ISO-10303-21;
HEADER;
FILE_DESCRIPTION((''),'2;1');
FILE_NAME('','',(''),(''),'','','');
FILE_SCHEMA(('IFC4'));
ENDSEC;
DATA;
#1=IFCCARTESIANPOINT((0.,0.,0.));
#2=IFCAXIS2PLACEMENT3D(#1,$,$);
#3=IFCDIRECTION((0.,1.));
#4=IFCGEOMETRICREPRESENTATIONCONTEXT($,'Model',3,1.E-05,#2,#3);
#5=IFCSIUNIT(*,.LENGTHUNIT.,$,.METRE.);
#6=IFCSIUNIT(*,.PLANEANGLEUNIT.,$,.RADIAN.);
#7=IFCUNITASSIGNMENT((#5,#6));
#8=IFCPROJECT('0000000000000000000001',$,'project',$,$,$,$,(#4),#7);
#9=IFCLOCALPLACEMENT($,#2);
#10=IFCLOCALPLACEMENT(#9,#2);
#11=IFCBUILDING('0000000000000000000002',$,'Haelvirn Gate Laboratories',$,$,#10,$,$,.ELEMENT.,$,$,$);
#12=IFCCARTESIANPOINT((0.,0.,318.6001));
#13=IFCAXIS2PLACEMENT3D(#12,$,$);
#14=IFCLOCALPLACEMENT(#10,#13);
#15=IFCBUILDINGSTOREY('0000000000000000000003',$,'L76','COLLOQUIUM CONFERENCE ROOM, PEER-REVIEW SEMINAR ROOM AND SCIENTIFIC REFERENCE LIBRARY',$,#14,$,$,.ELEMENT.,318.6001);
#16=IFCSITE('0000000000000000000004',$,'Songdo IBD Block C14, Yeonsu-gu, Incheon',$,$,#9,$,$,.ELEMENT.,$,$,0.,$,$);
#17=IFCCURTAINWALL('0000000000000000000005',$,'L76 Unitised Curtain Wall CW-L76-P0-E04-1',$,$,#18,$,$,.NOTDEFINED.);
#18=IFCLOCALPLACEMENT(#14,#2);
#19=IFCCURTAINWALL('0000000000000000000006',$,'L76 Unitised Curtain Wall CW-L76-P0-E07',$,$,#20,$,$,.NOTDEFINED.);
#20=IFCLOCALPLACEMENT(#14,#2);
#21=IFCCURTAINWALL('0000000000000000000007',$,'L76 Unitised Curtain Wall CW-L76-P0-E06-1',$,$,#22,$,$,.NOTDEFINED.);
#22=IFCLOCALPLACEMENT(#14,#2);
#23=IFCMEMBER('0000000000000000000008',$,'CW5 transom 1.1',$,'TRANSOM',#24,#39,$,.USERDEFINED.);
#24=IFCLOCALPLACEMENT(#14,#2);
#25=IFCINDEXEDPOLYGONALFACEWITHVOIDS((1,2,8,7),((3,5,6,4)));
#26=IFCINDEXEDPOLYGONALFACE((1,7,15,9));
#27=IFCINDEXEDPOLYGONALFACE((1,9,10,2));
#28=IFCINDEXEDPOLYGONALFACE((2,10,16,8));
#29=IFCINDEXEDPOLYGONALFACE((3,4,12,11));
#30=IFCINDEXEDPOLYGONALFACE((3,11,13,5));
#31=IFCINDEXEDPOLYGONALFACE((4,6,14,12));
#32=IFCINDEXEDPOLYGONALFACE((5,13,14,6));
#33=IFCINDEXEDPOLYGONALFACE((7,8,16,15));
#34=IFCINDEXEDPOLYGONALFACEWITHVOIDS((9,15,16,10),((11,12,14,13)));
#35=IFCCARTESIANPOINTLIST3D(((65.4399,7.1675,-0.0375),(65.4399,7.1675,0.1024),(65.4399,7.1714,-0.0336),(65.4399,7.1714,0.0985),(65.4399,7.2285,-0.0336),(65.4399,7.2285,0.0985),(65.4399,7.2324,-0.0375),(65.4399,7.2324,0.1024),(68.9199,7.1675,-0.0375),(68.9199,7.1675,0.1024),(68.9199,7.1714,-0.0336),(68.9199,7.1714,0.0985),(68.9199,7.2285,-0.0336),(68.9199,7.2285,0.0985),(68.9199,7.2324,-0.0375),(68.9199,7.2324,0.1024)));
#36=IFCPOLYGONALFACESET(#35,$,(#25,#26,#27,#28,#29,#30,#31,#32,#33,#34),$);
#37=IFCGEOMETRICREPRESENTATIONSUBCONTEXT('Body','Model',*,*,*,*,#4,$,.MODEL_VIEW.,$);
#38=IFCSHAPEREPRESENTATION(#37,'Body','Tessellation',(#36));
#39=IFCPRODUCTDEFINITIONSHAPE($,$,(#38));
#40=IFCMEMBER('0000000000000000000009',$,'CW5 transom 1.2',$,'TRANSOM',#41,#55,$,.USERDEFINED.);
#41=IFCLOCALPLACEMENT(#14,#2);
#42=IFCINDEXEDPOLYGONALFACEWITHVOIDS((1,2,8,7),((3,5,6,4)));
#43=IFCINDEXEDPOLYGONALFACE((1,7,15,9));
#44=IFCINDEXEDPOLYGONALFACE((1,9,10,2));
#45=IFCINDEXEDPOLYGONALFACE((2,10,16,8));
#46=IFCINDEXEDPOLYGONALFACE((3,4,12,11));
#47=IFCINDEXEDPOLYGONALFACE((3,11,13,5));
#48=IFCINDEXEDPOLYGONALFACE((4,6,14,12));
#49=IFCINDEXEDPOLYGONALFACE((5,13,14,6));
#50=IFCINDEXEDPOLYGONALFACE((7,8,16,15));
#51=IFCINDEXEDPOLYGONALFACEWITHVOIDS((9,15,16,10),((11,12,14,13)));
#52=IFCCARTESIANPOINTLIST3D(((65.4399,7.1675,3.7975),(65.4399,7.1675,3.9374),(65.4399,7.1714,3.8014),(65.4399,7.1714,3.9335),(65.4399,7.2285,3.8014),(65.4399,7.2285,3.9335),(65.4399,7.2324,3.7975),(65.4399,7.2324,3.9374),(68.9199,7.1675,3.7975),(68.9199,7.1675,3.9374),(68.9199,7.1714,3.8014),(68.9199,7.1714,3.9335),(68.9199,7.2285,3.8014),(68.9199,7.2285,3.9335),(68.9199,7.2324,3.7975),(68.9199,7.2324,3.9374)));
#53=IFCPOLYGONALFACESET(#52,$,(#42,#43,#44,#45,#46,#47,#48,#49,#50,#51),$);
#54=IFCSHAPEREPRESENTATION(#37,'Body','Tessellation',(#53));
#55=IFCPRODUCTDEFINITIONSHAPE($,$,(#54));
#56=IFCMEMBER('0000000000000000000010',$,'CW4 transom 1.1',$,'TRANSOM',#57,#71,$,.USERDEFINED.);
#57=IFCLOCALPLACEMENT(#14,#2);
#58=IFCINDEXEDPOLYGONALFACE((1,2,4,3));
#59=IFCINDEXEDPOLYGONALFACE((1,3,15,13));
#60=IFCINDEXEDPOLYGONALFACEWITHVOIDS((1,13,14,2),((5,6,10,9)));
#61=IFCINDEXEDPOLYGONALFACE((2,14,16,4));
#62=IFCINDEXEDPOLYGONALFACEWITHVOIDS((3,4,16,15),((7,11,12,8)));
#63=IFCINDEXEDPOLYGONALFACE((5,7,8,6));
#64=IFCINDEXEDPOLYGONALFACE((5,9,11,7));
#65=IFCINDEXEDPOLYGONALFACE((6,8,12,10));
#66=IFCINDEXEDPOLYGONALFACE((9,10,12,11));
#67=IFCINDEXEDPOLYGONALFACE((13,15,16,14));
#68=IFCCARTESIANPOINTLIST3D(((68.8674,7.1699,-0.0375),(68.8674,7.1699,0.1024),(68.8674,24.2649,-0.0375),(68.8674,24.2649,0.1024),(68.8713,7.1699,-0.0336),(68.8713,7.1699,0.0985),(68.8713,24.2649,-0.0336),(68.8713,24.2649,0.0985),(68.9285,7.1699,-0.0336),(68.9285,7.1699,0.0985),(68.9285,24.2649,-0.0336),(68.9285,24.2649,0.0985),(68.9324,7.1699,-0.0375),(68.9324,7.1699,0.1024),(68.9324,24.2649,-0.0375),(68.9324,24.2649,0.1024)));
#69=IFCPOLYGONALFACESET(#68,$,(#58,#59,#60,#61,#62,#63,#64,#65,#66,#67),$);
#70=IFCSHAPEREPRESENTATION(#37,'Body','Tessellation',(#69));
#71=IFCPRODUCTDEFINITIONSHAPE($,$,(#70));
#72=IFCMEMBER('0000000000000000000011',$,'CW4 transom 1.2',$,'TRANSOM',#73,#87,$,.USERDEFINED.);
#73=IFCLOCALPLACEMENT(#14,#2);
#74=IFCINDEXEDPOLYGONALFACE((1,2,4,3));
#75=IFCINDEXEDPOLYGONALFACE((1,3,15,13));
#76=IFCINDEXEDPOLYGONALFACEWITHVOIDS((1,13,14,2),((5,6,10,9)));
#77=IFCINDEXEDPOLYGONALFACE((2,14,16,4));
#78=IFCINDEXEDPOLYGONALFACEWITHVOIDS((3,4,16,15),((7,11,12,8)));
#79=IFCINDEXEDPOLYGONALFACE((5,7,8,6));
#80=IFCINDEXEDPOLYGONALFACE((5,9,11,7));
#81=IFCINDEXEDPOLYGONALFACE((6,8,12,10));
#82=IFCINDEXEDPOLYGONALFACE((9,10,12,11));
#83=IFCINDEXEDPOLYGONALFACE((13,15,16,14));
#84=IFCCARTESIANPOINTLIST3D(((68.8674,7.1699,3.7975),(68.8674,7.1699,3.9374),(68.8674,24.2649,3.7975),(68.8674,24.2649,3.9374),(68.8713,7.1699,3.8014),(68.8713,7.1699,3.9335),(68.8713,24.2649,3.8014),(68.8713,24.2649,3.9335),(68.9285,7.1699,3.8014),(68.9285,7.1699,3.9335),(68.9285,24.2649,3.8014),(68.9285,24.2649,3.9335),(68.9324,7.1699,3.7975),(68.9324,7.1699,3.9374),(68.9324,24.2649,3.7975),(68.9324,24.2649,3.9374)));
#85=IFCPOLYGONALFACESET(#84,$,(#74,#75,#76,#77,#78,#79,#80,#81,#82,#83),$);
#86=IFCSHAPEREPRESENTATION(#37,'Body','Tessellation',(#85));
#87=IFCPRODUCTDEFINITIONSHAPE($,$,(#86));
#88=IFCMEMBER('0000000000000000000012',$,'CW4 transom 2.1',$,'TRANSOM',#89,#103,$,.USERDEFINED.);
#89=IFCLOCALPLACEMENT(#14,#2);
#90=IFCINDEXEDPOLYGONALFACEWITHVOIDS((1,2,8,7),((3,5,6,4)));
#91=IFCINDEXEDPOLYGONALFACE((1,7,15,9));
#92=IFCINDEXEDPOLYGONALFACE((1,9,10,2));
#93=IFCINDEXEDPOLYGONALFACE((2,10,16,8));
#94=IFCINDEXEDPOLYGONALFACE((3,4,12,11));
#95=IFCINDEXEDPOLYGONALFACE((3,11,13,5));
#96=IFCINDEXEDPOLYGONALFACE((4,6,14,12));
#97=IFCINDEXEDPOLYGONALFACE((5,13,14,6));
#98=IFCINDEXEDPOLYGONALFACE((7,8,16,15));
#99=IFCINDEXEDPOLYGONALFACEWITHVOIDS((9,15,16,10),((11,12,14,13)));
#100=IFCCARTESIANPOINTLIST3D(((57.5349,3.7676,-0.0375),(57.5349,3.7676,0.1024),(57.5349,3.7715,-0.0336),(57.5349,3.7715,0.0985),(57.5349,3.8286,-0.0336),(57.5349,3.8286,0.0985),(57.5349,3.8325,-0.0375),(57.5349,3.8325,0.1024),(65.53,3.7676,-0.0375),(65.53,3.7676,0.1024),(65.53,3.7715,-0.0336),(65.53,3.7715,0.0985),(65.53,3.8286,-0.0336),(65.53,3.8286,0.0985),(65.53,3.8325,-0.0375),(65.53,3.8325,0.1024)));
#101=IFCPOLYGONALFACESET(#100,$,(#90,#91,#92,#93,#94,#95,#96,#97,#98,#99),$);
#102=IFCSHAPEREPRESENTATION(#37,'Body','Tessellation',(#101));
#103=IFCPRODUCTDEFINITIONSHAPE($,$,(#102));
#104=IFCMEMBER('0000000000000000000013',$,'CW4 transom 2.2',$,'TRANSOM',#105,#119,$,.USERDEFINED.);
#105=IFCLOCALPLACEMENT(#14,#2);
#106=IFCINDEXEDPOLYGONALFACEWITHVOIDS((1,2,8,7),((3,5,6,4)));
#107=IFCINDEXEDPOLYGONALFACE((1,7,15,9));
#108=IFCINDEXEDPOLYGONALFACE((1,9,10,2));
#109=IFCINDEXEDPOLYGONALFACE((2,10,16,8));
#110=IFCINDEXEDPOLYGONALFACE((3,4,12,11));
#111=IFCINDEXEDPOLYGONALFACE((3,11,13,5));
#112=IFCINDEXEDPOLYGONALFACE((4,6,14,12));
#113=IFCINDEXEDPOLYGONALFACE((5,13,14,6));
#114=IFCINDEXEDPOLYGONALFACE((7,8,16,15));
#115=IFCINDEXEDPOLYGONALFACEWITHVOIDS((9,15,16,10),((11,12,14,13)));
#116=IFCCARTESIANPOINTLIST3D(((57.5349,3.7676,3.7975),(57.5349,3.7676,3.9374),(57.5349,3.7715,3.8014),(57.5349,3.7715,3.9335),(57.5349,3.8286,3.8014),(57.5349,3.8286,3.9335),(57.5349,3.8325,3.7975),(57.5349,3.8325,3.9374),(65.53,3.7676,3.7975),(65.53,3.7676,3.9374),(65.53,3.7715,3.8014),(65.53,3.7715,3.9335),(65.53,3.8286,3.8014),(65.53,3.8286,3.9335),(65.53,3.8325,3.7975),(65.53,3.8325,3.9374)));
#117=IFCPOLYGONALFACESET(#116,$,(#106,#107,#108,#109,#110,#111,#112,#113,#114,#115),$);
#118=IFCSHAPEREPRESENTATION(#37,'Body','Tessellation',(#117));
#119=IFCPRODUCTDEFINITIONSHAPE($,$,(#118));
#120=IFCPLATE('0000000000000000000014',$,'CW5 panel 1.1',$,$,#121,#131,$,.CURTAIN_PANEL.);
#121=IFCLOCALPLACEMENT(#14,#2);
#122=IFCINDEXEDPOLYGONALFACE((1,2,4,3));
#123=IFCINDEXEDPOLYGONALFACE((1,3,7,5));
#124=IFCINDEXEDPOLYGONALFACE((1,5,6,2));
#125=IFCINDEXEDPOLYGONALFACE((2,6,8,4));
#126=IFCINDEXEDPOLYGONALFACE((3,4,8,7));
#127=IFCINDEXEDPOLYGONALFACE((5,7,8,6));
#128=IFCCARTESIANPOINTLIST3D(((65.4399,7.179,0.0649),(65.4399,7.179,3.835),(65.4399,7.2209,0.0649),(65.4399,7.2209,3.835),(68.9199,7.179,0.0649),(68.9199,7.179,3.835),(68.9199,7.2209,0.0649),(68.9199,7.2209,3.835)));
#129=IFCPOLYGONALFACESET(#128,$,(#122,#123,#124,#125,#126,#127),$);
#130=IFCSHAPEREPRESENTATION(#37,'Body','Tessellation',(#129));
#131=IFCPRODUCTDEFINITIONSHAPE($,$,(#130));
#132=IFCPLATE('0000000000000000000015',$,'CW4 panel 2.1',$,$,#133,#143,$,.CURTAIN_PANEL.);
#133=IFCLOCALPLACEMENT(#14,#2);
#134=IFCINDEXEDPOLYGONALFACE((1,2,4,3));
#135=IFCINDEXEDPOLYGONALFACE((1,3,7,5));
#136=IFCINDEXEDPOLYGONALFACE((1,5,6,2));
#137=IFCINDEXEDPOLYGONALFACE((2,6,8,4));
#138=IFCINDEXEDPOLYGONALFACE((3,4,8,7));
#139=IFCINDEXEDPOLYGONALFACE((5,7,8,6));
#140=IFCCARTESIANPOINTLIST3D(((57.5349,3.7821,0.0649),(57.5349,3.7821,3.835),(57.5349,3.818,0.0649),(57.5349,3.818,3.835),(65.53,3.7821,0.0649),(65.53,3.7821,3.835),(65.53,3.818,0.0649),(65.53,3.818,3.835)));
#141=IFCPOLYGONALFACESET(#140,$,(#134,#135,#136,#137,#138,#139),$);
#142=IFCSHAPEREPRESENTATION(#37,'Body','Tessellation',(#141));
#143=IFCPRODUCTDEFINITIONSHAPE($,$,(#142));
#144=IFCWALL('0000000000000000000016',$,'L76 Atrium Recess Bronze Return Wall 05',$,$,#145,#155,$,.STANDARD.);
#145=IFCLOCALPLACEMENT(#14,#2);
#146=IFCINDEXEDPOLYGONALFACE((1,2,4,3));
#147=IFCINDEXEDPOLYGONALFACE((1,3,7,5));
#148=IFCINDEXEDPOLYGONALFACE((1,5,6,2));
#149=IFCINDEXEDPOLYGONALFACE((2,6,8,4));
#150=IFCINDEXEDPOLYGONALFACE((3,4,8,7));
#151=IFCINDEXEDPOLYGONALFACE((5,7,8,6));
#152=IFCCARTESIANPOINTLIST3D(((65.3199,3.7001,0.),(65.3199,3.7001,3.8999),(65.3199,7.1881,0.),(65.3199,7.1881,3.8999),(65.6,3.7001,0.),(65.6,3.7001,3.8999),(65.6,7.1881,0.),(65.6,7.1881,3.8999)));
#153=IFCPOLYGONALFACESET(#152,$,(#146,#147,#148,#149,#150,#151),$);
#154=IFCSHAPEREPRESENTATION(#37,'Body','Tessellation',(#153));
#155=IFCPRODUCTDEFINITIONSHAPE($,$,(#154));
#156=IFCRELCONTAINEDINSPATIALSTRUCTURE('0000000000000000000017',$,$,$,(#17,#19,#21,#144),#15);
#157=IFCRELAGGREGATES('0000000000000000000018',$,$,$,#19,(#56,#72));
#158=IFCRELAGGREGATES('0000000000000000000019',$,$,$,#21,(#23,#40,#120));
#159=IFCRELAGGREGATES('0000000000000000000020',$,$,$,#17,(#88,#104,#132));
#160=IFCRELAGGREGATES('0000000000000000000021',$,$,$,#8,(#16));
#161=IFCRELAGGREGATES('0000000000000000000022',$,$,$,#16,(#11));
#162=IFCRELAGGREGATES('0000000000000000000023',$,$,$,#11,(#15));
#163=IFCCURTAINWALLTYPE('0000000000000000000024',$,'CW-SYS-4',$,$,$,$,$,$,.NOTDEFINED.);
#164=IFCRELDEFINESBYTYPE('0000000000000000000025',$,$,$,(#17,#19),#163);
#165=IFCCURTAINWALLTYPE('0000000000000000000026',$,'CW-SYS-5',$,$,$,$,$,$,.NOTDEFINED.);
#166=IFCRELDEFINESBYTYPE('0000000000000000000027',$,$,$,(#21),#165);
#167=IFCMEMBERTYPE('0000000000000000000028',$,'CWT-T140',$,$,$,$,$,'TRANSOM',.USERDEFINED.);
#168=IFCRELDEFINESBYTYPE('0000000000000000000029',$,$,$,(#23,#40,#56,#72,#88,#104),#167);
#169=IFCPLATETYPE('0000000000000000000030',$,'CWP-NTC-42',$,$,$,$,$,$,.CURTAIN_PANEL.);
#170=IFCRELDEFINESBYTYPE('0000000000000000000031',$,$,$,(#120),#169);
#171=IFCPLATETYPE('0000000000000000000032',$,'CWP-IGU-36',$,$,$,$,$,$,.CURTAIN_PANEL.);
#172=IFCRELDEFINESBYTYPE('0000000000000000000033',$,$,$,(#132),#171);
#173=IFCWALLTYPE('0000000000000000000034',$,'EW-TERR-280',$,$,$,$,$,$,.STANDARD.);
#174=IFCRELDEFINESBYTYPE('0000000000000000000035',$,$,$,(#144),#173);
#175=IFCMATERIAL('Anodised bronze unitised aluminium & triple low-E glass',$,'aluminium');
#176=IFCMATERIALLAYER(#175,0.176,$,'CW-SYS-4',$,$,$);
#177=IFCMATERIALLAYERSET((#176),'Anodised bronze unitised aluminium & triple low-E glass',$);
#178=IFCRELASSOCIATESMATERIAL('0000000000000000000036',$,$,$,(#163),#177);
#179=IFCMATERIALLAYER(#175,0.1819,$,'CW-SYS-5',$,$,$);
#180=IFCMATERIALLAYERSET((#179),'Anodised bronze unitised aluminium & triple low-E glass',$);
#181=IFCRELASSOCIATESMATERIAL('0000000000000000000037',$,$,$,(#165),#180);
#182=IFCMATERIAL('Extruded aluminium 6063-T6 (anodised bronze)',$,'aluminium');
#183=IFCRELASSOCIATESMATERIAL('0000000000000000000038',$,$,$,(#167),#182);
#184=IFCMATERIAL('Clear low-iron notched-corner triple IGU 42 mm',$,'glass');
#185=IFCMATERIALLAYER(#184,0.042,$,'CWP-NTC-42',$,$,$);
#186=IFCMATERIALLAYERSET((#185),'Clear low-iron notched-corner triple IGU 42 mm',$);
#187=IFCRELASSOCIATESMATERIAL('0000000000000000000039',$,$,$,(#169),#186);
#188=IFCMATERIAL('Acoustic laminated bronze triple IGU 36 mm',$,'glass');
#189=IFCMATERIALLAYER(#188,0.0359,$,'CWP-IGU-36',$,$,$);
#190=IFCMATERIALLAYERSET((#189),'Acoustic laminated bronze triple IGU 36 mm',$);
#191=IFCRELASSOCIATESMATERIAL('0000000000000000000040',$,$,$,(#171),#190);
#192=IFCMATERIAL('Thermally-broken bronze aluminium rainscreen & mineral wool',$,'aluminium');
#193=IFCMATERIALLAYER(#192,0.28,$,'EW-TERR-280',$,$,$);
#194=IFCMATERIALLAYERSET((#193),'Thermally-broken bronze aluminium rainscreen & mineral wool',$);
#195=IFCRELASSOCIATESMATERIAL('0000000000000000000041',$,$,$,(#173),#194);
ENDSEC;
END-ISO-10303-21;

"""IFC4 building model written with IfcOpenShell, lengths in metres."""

from ifc_helpers import new_model, si_unit, direction, frame, frame_2d, origin, origin_2d, place, context, subcontext, project, spatial, rectangle, hollow_rectangle, extrude, source, transform, mapped, material, layer, layer_set, material_profile, profile_set, type_object, type_shapes, element, aggregate, save


model = new_model("IFC4")

# Units and contexts
model_context = context("Model", 3, precision=1e-05, world=origin(), true_north=direction((0.0, 1.0)))
body_context = subcontext(model_context, "Body", "Model", "MODEL_VIEW")
ifc_project = project(units=[si_unit("LENGTHUNIT", "METRE"), si_unit("PLANEANGLEUNIT", "RADIAN")], contexts=[model_context])

# Site, building, storey
site_placement = place(None, origin())
site = spatial("IfcSite", under=ifc_project, at=site_placement, Name="Songdo IBD Block C14, Yeonsu-gu, Incheon", CompositionType="ELEMENT", RefElevation=0.0)
building_placement = place(site_placement, origin())
building = spatial("IfcBuilding", under=site, at=building_placement, Name="Haelvirn Gate Laboratories", CompositionType="ELEMENT")
storey_placement = place(building_placement, frame((0.0, 0.0, 318.6001)))
storey = spatial("IfcBuildingStorey", under=building, at=storey_placement, Name="L76", Description="COLLOQUIUM CONFERENCE ROOM, PEER-REVIEW SEMINAR ROOM AND SCIENTIFIC REFERENCE LIBRARY", CompositionType="ELEMENT", Elevation=318.6001)

# Curtain wall
ifc_material_1 = material(Name="Anodised bronze unitised aluminium & triple low-E glass", Category="aluminium")
ifc_layer_1 = layer(ifc_material_1, 0.176, Name="CW-SYS-4")
ifc_layer_set_1 = layer_set([ifc_layer_1], Name="Anodised bronze unitised aluminium & triple low-E glass")
curtain_wall_type_1 = type_object("IfcCurtainWallType", Name="CW-SYS-4", PredefinedType="NOTDEFINED", material=ifc_layer_set_1)
curtain_wall_1_placement = place(storey_placement, origin())
curtain_wall_1 = element("IfcCurtainWall", 1, at=curtain_wall_1_placement, inside=storey, type_object=curtain_wall_type_1, Name="L76 Unitised Curtain Wall CW-L76-P0-E04-1", PredefinedType="NOTDEFINED")
ifc_material_2 = material(Name="Extruded aluminium 6063-T6 (anodised bronze)", Category="aluminium")

# Curtain wall
curtain_wall_2_placement = place(storey_placement, origin())
curtain_wall_2 = element("IfcCurtainWall", 2, at=curtain_wall_2_placement, inside=storey, type_object=curtain_wall_type_1, Name="L76 Unitised Curtain Wall CW-L76-P0-E07", PredefinedType="NOTDEFINED")

# Curtain wall, members
ifc_layer_2 = layer(ifc_material_1, 0.1819, Name="CW-SYS-5")
ifc_layer_set_2 = layer_set([ifc_layer_2], Name="Anodised bronze unitised aluminium & triple low-E glass")
curtain_wall_type_2 = type_object("IfcCurtainWallType", Name="CW-SYS-5", PredefinedType="NOTDEFINED", material=ifc_layer_set_2)
curtain_wall_3_placement = place(storey_placement, origin())
curtain_wall_3 = element("IfcCurtainWall", 3, at=curtain_wall_3_placement, inside=storey, type_object=curtain_wall_type_2, Name="L76 Unitised Curtain Wall CW-L76-P0-E06-1", PredefinedType="NOTDEFINED")
ifc_material_profile_1 = material_profile(ifc_material_2, hollow_rectangle(XDim=0.0649, YDim=0.1399, WallThickness=0.0039, at=origin_2d()), Name="CWT-140x65x4")
ifc_profile_set_1 = profile_set([ifc_material_profile_1], Name="Extruded aluminium 6063-T6 (anodised bronze)")
member_type_1 = type_object("IfcMemberType", Name="CWT-T140", ElementType="TRANSOM", PredefinedType="USERDEFINED", material=ifc_profile_set_1)
shared_shape_1 = source(origin(), body_context, "Body", "SweptSolid", [
    extrude(hollow_rectangle(XDim=0.0649, YDim=0.1399, WallThickness=0.0039, at=origin_2d()), origin(), (0.0, 0.0, 1.0), 3.48),
])
member_1_placement = place(storey_placement, frame((65.4399, 7.2, 0.0325), z_axis=(1.0, 0.0, 0.0), x_axis=(0.0, 1.0, 0.0)))
member_1 = element("IfcMember", 4, at=member_1_placement, type_object=member_type_1, Name="CW5 transom 1.1", ObjectType="TRANSOM", PredefinedType="USERDEFINED", context=body_context, shape_type="MappedRepresentation", body=[
    mapped(shared_shape_1, transform((0.0, 0.0, 0.0), scale=1.0)),
])
member_2_placement = place(storey_placement, frame((65.4399, 7.2, 3.8674), z_axis=(1.0, 0.0, 0.0), x_axis=(0.0, 1.0, 0.0)))
member_2 = element("IfcMember", 5, at=member_2_placement, type_object=member_type_1, Name="CW5 transom 1.2", ObjectType="TRANSOM", PredefinedType="USERDEFINED", context=body_context, shape_type="MappedRepresentation", body=[
    mapped(shared_shape_1, transform((0.0, 0.0, 0.0), scale=1.0)),
])

# Members
shared_shape_2 = source(origin(), body_context, "Body", "SweptSolid", [
    extrude(hollow_rectangle(XDim=0.0649, YDim=0.1399, WallThickness=0.0039, at=origin_2d()), origin(), (0.0, 0.0, 1.0), 17.095),
])
member_3_placement = place(storey_placement, frame((68.8999, 7.1699, 0.0325), z_axis=(0.0, 1.0, 0.0), x_axis=(-1.0, 0.0, 0.0)))
member_3 = element("IfcMember", 6, at=member_3_placement, type_object=member_type_1, Name="CW4 transom 1.1", ObjectType="TRANSOM", PredefinedType="USERDEFINED", context=body_context, shape_type="MappedRepresentation", body=[
    mapped(shared_shape_2, transform((0.0, 0.0, 0.0), scale=1.0)),
])
member_4_placement = place(storey_placement, frame((68.8999, 7.1699, 3.8674), z_axis=(0.0, 1.0, 0.0), x_axis=(-1.0, 0.0, 0.0)))
member_4 = element("IfcMember", 7, at=member_4_placement, type_object=member_type_1, Name="CW4 transom 1.2", ObjectType="TRANSOM", PredefinedType="USERDEFINED", context=body_context, shape_type="MappedRepresentation", body=[
    mapped(shared_shape_2, transform((0.0, 0.0, 0.0), scale=1.0)),
])
aggregate(curtain_wall_2, [member_3, member_4])
shared_shape_3 = source(origin(), body_context, "Body", "SweptSolid", [
    extrude(hollow_rectangle(XDim=0.0649, YDim=0.1399, WallThickness=0.0039, at=origin_2d()), origin(), (0.0, 0.0, 1.0), 7.9951),
])
type_shapes(member_type_1, [shared_shape_1, shared_shape_2, shared_shape_3])
member_5_placement = place(storey_placement, frame((57.5349, 3.8, 0.0325), z_axis=(1.0, 0.0, 0.0), x_axis=(0.0, 1.0, 0.0)))
member_5 = element("IfcMember", 8, at=member_5_placement, type_object=member_type_1, Name="CW4 transom 2.1", ObjectType="TRANSOM", PredefinedType="USERDEFINED", context=body_context, shape_type="MappedRepresentation", body=[
    mapped(shared_shape_3, transform((0.0, 0.0, 0.0), scale=1.0)),
])
member_6_placement = place(storey_placement, frame((57.5349, 3.8, 3.8674), z_axis=(1.0, 0.0, 0.0), x_axis=(0.0, 1.0, 0.0)))
member_6 = element("IfcMember", 9, at=member_6_placement, type_object=member_type_1, Name="CW4 transom 2.2", ObjectType="TRANSOM", PredefinedType="USERDEFINED", context=body_context, shape_type="MappedRepresentation", body=[
    mapped(shared_shape_3, transform((0.0, 0.0, 0.0), scale=1.0)),
])

# Plates
ifc_material_3 = material(Name="Clear low-iron notched-corner triple IGU 42 mm", Category="glass")
ifc_layer_3 = layer(ifc_material_3, 0.042, Name="CWP-NTC-42")
ifc_layer_set_3 = layer_set([ifc_layer_3], Name="Clear low-iron notched-corner triple IGU 42 mm")
plate_type_1 = type_object("IfcPlateType", Name="CWP-NTC-42", PredefinedType="CURTAIN_PANEL", material=ifc_layer_set_3)
shared_shape_4 = source(origin(), body_context, "Body", "SweptSolid", [
    extrude(rectangle(XDim=3.48, YDim=0.042, at=origin_2d()), origin(), (0.0, 0.0, 1.0), 3.77),
])
type_shapes(plate_type_1, [shared_shape_4])
plate_1_placement = place(storey_placement, frame((67.1799, 7.2, 0.0649), z_axis=(0.0, 0.0, 1.0), x_axis=(1.0, 0.0, 0.0)))
plate_1 = element("IfcPlate", 10, at=plate_1_placement, type_object=plate_type_1, Name="CW5 panel 1.1", PredefinedType="CURTAIN_PANEL", context=body_context, shape_type="MappedRepresentation", body=[
    mapped(shared_shape_4, transform((0.0, 0.0, 0.0), scale=1.0)),
])
aggregate(curtain_wall_3, [member_1, member_2, plate_1])
ifc_material_4 = material(Name="Acoustic laminated bronze triple IGU 36 mm", Category="glass")
ifc_layer_4 = layer(ifc_material_4, 0.0359, Name="CWP-IGU-36")
ifc_layer_set_4 = layer_set([ifc_layer_4], Name="Acoustic laminated bronze triple IGU 36 mm")
plate_type_2 = type_object("IfcPlateType", Name="CWP-IGU-36", PredefinedType="CURTAIN_PANEL", material=ifc_layer_set_4)
shared_shape_5 = source(origin(), body_context, "Body", "SweptSolid", [
    extrude(rectangle(XDim=7.9951, YDim=0.0359, at=origin_2d()), origin(), (0.0, 0.0, 1.0), 3.77),
])
type_shapes(plate_type_2, [shared_shape_5])
plate_2_placement = place(storey_placement, frame((61.5325, 3.8, 0.0649), z_axis=(0.0, 0.0, 1.0), x_axis=(1.0, 0.0, 0.0)))
plate_2 = element("IfcPlate", 11, at=plate_2_placement, type_object=plate_type_2, Name="CW4 panel 2.1", PredefinedType="CURTAIN_PANEL", context=body_context, shape_type="MappedRepresentation", body=[
    mapped(shared_shape_5, transform((0.0, 0.0, 0.0), scale=1.0)),
])
aggregate(curtain_wall_1, [member_5, member_6, plate_2])

# Wall
ifc_material_5 = material(Name="Thermally-broken bronze aluminium rainscreen & mineral wool", Category="aluminium")
ifc_layer_5 = layer(ifc_material_5, 0.28, Name="EW-TERR-280")
ifc_layer_set_5 = layer_set([ifc_layer_5], Name="Thermally-broken bronze aluminium rainscreen & mineral wool")
wall_type = type_object("IfcWallType", Name="EW-TERR-280", PredefinedType="STANDARD", material=ifc_layer_set_5)
wall_placement = place(storey_placement, frame((65.46, 3.7, 0.0), z_axis=(0.0, 0.0, 1.0), x_axis=(0.0, 1.0, 0.0)))
element("IfcWall", 12, at=wall_placement, inside=storey, type_object=wall_type, Name="L76 Atrium Recess Bronze Return Wall 05", PredefinedType="STANDARD", context=body_context, shape_type="SweptSolid", body=[
    extrude(rectangle(XDim=3.488, YDim=0.28, at=frame_2d((1.7441, 0.0))), origin(), (0.0, 0.0, 1.0), 3.8999),
])

save(model, "model.ifc")
